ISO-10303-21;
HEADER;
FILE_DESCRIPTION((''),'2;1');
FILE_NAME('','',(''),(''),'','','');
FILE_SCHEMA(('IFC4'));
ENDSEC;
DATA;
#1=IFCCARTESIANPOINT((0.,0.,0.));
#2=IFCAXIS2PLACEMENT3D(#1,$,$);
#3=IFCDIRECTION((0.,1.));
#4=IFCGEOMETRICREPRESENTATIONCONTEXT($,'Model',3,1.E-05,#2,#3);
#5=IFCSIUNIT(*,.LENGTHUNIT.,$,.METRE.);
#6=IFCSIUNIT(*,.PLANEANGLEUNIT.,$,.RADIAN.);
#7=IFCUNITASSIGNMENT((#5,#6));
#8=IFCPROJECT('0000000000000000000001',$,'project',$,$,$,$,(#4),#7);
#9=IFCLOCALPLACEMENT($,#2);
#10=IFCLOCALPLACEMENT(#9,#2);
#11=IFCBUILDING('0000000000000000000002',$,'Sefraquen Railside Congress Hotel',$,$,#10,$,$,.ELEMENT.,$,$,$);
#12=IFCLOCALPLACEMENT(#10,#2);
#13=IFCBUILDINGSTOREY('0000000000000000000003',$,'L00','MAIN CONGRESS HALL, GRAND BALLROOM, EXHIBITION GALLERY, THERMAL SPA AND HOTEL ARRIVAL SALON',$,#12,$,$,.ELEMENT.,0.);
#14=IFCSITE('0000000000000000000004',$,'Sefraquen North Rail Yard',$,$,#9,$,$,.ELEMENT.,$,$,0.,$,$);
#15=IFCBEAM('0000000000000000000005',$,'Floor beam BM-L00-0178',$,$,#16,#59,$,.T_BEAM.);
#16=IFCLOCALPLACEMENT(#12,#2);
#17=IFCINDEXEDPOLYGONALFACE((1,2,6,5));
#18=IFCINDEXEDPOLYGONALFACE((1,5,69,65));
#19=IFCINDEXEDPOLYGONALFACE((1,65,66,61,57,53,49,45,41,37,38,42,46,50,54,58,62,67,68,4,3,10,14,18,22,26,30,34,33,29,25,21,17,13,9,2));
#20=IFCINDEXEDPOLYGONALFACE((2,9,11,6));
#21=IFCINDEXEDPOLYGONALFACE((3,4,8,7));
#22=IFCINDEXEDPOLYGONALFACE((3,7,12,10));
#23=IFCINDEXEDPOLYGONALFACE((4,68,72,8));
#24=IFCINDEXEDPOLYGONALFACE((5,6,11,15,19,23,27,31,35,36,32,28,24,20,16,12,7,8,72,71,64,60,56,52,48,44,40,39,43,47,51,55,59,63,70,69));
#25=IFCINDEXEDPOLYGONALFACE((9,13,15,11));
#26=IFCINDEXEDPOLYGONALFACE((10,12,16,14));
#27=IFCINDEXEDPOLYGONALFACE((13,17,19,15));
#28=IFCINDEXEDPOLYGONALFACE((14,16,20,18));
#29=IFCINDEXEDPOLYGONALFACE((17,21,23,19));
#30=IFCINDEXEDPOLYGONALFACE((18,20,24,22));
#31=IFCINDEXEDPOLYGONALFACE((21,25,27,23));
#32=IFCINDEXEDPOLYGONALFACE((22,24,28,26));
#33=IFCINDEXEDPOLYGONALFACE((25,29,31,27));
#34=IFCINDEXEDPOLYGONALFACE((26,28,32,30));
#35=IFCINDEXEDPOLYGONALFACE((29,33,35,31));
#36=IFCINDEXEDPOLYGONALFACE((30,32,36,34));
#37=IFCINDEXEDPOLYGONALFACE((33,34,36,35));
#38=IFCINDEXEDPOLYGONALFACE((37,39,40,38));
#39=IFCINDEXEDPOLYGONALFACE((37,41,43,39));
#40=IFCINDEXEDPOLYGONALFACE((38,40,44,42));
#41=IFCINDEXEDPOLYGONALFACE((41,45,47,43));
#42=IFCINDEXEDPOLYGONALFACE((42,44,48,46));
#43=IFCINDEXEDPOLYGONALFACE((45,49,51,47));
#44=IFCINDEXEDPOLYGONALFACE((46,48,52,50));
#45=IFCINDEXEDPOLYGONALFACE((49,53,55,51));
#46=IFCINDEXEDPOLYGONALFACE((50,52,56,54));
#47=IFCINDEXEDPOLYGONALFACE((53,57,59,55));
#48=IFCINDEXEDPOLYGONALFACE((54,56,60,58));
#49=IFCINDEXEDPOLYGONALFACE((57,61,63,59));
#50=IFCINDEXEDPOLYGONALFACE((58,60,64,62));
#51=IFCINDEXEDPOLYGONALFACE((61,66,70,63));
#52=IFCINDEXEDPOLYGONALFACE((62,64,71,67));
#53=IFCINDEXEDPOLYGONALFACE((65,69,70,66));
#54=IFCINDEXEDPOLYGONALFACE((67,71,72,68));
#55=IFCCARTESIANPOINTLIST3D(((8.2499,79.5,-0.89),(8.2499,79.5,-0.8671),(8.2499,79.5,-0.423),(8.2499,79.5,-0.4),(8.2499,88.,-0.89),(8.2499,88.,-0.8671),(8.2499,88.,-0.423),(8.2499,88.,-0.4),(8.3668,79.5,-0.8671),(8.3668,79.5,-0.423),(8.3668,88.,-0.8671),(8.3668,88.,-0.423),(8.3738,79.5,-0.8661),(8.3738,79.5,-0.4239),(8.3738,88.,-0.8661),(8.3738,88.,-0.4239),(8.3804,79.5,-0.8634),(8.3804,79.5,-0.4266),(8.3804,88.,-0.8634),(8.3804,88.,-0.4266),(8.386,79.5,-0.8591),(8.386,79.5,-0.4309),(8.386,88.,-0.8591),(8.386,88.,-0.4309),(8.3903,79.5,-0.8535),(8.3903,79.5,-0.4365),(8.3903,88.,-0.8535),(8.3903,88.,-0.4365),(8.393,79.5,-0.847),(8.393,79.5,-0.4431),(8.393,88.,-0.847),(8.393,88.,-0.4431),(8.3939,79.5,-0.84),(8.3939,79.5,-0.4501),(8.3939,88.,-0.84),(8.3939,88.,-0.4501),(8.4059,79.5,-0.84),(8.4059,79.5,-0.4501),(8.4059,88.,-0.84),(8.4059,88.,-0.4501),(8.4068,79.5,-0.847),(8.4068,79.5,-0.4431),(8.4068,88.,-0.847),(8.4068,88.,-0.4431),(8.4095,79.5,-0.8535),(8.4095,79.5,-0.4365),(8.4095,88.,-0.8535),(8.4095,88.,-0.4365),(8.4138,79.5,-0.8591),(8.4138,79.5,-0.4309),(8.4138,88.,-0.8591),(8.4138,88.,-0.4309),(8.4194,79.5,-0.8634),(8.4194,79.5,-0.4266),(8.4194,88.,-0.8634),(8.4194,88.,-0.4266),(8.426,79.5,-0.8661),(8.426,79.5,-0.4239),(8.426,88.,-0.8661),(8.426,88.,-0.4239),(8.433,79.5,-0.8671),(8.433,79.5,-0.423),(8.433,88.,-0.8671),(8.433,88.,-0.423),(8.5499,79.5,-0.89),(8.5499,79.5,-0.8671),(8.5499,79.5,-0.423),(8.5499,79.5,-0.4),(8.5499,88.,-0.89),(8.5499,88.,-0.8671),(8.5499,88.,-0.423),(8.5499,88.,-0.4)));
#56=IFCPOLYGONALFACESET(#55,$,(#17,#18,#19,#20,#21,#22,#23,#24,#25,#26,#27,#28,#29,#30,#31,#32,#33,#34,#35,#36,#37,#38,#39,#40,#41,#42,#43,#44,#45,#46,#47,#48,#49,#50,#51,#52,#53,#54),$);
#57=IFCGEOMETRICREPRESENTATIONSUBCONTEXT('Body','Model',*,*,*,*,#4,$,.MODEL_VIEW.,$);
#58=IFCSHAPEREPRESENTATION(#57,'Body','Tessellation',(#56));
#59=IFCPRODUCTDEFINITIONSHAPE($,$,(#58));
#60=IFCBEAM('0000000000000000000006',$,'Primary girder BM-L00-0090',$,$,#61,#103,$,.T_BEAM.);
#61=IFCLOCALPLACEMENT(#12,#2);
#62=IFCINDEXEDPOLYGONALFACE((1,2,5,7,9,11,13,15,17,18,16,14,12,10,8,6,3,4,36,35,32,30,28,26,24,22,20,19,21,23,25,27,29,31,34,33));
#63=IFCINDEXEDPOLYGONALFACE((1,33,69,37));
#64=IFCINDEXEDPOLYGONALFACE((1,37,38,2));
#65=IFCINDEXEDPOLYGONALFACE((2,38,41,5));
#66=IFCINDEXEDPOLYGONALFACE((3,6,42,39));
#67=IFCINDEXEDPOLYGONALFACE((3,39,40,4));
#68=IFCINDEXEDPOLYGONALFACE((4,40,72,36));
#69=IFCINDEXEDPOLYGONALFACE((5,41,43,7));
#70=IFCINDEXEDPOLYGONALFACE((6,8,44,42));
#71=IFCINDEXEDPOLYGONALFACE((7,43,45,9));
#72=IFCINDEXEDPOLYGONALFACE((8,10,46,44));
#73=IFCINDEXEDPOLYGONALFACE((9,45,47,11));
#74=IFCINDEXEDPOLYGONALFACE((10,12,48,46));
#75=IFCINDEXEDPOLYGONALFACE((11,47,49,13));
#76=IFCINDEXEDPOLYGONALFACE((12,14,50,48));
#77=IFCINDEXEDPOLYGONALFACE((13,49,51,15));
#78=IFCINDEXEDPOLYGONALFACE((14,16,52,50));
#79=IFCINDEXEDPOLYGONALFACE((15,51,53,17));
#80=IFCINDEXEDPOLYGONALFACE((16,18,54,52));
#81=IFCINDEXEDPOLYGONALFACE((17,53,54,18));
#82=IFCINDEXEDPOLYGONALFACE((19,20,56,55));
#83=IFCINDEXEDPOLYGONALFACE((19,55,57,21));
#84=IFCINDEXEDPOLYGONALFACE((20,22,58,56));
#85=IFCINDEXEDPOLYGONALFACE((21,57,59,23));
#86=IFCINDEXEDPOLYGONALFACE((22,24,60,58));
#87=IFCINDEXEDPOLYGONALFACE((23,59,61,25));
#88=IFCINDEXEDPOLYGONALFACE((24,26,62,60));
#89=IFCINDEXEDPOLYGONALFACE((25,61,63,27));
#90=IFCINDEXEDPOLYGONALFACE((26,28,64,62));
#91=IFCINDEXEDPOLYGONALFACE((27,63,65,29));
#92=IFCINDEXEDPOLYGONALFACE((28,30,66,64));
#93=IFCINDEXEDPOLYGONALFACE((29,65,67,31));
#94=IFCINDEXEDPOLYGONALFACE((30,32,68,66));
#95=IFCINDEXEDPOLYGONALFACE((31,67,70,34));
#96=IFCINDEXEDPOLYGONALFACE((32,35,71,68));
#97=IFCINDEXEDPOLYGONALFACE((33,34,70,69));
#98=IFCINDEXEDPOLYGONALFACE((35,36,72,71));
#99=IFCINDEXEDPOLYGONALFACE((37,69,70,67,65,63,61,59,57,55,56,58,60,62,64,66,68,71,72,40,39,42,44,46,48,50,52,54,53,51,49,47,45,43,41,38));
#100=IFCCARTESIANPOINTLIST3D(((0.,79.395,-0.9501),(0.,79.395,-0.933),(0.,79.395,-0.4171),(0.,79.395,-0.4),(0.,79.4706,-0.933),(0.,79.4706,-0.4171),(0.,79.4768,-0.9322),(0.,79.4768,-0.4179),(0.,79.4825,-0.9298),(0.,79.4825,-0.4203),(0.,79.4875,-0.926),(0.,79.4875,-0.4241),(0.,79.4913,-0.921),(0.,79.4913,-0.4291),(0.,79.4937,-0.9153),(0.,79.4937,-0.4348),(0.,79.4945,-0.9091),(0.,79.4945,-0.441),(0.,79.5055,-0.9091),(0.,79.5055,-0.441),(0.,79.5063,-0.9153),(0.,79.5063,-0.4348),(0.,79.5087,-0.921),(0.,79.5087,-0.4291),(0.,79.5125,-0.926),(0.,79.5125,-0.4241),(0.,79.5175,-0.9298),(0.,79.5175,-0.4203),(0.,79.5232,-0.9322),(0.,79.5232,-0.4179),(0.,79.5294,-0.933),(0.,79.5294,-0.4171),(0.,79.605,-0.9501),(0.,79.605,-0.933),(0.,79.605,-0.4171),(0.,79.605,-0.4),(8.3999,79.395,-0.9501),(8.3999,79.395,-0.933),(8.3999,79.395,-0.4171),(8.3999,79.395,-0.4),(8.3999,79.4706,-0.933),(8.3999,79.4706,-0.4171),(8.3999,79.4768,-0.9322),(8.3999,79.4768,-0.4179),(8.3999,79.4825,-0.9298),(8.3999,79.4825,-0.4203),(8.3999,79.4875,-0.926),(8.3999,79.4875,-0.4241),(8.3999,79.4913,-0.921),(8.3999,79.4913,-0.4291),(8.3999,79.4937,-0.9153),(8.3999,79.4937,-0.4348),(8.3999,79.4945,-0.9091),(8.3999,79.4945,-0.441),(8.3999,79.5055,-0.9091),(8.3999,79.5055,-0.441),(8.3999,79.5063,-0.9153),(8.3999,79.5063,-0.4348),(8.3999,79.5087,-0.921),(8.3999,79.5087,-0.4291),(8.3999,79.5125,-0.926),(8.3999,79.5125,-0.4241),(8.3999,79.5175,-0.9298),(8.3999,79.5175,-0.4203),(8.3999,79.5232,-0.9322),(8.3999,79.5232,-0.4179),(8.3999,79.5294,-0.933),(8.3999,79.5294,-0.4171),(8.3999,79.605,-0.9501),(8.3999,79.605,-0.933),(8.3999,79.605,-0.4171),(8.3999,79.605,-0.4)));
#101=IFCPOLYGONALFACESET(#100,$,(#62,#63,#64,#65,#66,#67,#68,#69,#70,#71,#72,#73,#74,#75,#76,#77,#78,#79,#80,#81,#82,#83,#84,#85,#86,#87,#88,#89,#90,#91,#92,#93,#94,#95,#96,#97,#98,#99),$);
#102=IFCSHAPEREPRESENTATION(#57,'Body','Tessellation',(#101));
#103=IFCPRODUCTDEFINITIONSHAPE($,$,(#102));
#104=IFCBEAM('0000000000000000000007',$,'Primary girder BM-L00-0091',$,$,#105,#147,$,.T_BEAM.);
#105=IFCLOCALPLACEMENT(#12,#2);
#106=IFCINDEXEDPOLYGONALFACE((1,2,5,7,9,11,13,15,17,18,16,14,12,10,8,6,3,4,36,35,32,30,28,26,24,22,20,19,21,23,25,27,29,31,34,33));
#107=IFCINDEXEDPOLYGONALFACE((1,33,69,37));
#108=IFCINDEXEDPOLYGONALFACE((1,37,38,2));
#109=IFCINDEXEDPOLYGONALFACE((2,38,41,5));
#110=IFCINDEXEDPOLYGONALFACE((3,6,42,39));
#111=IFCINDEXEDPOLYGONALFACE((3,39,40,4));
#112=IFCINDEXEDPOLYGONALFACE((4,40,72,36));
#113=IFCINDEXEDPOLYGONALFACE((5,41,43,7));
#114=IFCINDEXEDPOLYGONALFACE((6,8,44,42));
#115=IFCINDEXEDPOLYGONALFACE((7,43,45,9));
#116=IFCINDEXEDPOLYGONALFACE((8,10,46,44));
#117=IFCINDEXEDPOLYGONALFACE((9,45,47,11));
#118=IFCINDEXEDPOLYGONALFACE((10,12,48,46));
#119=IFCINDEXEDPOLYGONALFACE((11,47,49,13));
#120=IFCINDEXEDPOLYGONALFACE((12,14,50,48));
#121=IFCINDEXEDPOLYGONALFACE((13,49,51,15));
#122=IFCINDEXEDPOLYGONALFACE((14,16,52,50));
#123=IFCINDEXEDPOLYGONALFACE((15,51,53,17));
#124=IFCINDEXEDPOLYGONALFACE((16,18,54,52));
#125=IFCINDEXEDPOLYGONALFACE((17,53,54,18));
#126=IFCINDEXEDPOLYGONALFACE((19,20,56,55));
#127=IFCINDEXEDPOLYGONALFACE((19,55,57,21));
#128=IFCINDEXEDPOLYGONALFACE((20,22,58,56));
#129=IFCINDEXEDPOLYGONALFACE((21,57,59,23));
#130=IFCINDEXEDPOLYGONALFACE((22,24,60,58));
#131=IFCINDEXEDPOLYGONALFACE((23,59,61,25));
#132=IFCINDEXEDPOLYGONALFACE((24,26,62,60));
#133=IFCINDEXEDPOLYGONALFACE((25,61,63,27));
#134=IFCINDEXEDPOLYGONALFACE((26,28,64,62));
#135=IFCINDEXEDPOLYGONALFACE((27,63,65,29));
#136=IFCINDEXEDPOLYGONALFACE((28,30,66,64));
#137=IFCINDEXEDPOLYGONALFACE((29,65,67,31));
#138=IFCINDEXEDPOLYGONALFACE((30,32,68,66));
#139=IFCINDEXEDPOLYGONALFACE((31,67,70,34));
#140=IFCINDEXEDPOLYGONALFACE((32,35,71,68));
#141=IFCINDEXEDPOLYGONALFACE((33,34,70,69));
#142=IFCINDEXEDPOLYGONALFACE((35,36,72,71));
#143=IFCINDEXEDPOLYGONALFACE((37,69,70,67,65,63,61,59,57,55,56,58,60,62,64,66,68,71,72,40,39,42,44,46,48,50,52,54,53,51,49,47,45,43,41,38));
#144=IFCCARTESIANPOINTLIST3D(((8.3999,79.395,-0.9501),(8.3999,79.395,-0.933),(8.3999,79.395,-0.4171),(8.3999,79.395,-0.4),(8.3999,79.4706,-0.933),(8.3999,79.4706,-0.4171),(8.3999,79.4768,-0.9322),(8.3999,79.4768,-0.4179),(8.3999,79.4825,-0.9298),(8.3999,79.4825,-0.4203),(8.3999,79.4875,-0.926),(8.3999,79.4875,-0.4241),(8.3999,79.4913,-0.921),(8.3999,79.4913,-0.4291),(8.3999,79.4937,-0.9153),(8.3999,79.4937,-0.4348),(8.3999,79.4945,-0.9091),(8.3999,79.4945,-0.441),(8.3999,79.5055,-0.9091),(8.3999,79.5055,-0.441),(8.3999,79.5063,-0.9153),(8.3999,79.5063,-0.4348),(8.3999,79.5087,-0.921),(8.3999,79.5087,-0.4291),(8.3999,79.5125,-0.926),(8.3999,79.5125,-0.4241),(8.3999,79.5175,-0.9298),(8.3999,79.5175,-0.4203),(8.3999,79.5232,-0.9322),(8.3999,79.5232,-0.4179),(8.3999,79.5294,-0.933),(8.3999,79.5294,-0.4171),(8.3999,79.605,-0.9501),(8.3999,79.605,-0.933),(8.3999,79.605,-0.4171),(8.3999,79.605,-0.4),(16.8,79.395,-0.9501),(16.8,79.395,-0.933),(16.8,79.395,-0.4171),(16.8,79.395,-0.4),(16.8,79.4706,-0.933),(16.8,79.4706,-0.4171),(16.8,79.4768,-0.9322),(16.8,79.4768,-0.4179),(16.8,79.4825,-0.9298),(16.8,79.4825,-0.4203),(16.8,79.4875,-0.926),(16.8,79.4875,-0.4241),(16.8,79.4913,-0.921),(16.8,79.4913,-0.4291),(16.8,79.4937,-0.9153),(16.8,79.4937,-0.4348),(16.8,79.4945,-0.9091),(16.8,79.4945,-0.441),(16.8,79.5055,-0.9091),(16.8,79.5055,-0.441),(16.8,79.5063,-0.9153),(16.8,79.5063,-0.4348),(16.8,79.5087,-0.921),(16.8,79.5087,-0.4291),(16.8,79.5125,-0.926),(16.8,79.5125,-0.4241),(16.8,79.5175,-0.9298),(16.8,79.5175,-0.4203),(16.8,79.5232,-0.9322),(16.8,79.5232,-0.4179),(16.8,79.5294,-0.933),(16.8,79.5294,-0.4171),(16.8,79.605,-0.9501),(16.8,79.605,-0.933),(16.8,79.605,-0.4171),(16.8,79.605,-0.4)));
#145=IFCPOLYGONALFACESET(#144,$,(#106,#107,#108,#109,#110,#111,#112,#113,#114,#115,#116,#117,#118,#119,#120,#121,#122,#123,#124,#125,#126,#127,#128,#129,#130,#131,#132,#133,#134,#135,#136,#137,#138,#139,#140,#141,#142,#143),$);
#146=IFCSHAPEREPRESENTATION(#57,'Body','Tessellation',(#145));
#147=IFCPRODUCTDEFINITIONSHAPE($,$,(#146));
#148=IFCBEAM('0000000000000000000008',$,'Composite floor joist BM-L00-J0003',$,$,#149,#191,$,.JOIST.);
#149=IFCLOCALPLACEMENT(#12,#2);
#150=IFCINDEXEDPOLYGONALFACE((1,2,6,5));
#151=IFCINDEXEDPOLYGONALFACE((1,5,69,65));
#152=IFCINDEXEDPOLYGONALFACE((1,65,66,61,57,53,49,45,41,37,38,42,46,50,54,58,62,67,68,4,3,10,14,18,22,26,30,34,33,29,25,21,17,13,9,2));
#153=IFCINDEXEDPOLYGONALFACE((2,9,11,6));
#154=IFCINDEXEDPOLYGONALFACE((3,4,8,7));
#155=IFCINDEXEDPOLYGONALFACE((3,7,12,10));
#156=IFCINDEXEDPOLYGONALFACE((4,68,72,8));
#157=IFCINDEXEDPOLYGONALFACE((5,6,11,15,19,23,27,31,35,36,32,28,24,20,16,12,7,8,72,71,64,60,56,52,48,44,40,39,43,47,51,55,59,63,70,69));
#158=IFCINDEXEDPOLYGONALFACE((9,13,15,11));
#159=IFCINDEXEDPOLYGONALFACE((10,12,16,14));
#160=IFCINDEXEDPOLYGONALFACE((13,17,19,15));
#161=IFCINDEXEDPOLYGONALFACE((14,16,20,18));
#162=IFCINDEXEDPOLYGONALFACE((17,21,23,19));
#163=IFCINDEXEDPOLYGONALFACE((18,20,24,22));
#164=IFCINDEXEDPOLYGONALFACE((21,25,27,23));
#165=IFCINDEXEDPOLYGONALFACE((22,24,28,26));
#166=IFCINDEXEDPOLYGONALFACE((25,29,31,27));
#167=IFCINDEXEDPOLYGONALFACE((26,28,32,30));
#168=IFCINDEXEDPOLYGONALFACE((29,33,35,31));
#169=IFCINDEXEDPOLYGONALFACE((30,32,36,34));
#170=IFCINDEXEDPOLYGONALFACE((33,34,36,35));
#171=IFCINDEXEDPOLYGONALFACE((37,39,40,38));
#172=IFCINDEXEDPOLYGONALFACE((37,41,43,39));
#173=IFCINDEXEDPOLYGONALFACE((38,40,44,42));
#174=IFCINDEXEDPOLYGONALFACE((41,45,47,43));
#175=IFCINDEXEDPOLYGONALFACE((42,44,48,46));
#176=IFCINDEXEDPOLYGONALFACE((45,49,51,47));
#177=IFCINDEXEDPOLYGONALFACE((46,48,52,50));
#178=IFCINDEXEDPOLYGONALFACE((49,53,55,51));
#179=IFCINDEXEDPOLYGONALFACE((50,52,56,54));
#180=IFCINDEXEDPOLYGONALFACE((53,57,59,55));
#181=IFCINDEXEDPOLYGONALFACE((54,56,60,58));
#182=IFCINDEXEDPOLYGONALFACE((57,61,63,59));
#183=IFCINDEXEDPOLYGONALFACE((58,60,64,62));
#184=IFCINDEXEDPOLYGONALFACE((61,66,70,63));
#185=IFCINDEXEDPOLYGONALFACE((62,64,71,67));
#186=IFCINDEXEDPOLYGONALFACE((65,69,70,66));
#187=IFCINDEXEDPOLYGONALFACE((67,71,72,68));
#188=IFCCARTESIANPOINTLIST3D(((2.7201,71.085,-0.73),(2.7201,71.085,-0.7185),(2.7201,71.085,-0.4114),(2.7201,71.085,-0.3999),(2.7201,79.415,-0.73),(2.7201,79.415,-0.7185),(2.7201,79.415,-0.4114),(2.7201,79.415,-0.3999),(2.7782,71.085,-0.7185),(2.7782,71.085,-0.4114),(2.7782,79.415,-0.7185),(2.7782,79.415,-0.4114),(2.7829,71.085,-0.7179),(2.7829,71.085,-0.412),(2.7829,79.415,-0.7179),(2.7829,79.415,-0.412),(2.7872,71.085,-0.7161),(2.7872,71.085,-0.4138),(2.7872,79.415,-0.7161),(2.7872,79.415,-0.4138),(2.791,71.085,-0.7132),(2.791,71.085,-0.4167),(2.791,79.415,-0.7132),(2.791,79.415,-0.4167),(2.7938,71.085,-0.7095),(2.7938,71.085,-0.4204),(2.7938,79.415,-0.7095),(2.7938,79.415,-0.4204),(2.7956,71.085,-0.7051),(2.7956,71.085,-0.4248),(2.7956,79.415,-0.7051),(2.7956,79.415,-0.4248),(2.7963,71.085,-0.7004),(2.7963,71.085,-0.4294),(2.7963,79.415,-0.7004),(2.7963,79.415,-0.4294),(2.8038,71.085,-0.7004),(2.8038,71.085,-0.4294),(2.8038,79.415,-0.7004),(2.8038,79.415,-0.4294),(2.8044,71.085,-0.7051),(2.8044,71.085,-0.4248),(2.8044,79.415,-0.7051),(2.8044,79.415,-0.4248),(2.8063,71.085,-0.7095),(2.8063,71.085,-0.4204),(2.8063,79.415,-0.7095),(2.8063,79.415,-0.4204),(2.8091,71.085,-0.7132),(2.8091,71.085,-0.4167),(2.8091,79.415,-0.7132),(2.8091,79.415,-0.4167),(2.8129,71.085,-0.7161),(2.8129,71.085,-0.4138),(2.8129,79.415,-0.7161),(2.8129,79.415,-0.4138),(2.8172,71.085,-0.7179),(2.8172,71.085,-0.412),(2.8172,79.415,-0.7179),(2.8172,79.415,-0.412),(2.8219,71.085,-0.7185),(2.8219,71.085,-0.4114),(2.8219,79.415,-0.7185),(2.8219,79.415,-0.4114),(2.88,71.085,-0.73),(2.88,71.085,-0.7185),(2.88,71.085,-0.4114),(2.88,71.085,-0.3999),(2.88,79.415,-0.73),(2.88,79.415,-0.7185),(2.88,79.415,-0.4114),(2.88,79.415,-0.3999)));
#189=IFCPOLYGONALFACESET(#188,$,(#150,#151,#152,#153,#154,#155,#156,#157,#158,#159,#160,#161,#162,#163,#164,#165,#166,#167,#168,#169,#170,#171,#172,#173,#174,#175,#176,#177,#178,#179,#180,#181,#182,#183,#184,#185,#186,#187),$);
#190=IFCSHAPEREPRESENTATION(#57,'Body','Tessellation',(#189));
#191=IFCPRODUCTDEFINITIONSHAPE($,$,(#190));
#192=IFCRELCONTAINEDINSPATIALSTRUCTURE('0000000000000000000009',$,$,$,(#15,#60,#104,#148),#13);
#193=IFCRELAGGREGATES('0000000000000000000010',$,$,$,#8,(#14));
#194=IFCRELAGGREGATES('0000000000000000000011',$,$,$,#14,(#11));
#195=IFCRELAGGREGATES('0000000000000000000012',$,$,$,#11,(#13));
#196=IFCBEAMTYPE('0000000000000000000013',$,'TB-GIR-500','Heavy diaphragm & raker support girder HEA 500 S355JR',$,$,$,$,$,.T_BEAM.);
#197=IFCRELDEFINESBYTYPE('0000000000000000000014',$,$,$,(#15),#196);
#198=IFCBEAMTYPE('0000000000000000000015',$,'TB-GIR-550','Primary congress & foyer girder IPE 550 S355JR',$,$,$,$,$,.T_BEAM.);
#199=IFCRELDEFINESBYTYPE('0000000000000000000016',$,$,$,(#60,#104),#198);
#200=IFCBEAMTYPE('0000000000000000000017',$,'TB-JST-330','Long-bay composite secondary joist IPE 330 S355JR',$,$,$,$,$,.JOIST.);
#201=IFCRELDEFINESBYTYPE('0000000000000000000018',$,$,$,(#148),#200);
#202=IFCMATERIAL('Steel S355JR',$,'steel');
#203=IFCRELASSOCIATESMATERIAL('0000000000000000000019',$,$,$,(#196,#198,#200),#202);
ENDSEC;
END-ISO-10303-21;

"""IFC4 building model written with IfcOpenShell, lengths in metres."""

from ifc_helpers import new_model, si_unit, direction, frame, origin, origin_2d, place, context, subcontext, project, spatial, i_section, extrude, material, material_profile, profile_set, type_object, element, save


model = new_model("IFC4")

# Units and contexts
model_context = context("Model", 3, precision=1e-05, world=origin(), true_north=direction((0.0, 1.0)))
body_context = subcontext(model_context, "Body", "Model", "MODEL_VIEW")
ifc_project = project(units=[si_unit("LENGTHUNIT", "METRE"), si_unit("PLANEANGLEUNIT", "RADIAN")], contexts=[model_context])

# Site, building, storey
site_placement = place(None, origin())
site = spatial("IfcSite", under=ifc_project, at=site_placement, Name="Sefraquen North Rail Yard", CompositionType="ELEMENT", RefElevation=0.0)
building_placement = place(site_placement, origin())
building = spatial("IfcBuilding", under=site, at=building_placement, Name="Sefraquen Railside Congress Hotel", CompositionType="ELEMENT")
storey_placement = place(building_placement, origin())
storey = spatial("IfcBuildingStorey", under=building, at=storey_placement, Name="L00", Description="MAIN CONGRESS HALL, GRAND BALLROOM, EXHIBITION GALLERY, THERMAL SPA AND HOTEL ARRIVAL SALON", CompositionType="ELEMENT", Elevation=0.0)

# Shared definitions
ifc_material_1 = material(Name="Steel S355JR", Category="steel")

# Beams
ifc_material_profile_1 = material_profile(ifc_material_1, i_section(OverallWidth=0.3, OverallDepth=0.49, WebThickness=0.012, FlangeThickness=0.0229, FilletRadius=0.0271, at=origin_2d()), Name="HEA 500")
ifc_profile_set_1 = profile_set([ifc_material_profile_1], Name="Steel S355JR")
beam_type_1 = type_object("IfcBeamType", Name="TB-GIR-500", Description="Heavy diaphragm & raker support girder HEA 500 S355JR", PredefinedType="T_BEAM", material=ifc_profile_set_1)
for number, where, z_axis, x_axis, name in (
    (1, (8.3999, 79.5, -0.645), (0.0, 1.0, 0.0), (-1.0, 0.0, 0.0), "Floor beam BM-L00-0178"),
):
    element("IfcBeam", number, at=place(storey_placement, frame(where, z_axis=z_axis, x_axis=x_axis)), inside=storey, type_object=beam_type_1, Name=name, PredefinedType="T_BEAM", context=body_context, shape_type="SweptSolid", body=[
        extrude(i_section(OverallWidth=0.3, OverallDepth=0.49, WebThickness=0.012, FlangeThickness=0.0229, FilletRadius=0.0271, at=origin_2d()), origin(), (0.0, 0.0, 1.0), 8.5),
    ])
ifc_material_profile_2 = material_profile(ifc_material_1, i_section(OverallWidth=0.21, OverallDepth=0.55, WebThickness=0.011, FlangeThickness=0.0171, FilletRadius=0.0239, at=origin_2d()), Name="IPE 550")
ifc_profile_set_2 = profile_set([ifc_material_profile_2], Name="Steel S355JR")
beam_type_2 = type_object("IfcBeamType", Name="TB-GIR-550", Description="Primary congress & foyer girder IPE 550 S355JR", PredefinedType="T_BEAM", material=ifc_profile_set_2)
beam_1_placement = place(storey_placement, frame((0.0, 79.5, -0.675), z_axis=(1.0, 0.0, 0.0), x_axis=(0.0, 1.0, 0.0)))
element("IfcBeam", 2, at=beam_1_placement, inside=storey, type_object=beam_type_2, Name="Primary girder BM-L00-0090", PredefinedType="T_BEAM", context=body_context, shape_type="SweptSolid", body=[
    extrude(i_section(OverallWidth=0.21, OverallDepth=0.55, WebThickness=0.011, FlangeThickness=0.0171, FilletRadius=0.0239, at=origin_2d()), origin(), (0.0, 0.0, 1.0), 8.3999),
])
beam_2_placement = place(storey_placement, frame((8.3999, 79.5, -0.675), z_axis=(1.0, 0.0, 0.0), x_axis=(0.0, 1.0, 0.0)))
element("IfcBeam", 3, at=beam_2_placement, inside=storey, type_object=beam_type_2, Name="Primary girder BM-L00-0091", PredefinedType="T_BEAM", context=body_context, shape_type="SweptSolid", body=[
    extrude(i_section(OverallWidth=0.21, OverallDepth=0.55, WebThickness=0.011, FlangeThickness=0.0171, FilletRadius=0.0239, at=origin_2d()), origin(), (0.0, 0.0, 1.0), 8.4001),
])
ifc_material_profile_3 = material_profile(ifc_material_1, i_section(OverallWidth=0.1599, OverallDepth=0.3301, WebThickness=0.0076, FlangeThickness=0.0115, FilletRadius=0.0181, at=origin_2d()), Name="IPE 330")
ifc_profile_set_3 = profile_set([ifc_material_profile_3], Name="Steel S355JR")
beam_type_3 = type_object("IfcBeamType", Name="TB-JST-330", Description="Long-bay composite secondary joist IPE 330 S355JR", PredefinedType="JOIST", material=ifc_profile_set_3)
for number, where, z_axis, x_axis, name in (
    (4, (2.8, 71.085, -0.5649), (0.0, 1.0, 0.0), (-1.0, 0.0, 0.0), "Composite floor joist BM-L00-J0003"),
):
    element("IfcBeam", number, at=place(storey_placement, frame(where, z_axis=z_axis, x_axis=x_axis)), inside=storey, type_object=beam_type_3, Name=name, PredefinedType="JOIST", context=body_context, shape_type="SweptSolid", body=[
        extrude(i_section(OverallWidth=0.1599, OverallDepth=0.3301, WebThickness=0.0076, FlangeThickness=0.0115, FilletRadius=0.0181, at=origin_2d()), origin(), (0.0, 0.0, 1.0), 8.3301),
    ])

save(model, "model.ifc")
